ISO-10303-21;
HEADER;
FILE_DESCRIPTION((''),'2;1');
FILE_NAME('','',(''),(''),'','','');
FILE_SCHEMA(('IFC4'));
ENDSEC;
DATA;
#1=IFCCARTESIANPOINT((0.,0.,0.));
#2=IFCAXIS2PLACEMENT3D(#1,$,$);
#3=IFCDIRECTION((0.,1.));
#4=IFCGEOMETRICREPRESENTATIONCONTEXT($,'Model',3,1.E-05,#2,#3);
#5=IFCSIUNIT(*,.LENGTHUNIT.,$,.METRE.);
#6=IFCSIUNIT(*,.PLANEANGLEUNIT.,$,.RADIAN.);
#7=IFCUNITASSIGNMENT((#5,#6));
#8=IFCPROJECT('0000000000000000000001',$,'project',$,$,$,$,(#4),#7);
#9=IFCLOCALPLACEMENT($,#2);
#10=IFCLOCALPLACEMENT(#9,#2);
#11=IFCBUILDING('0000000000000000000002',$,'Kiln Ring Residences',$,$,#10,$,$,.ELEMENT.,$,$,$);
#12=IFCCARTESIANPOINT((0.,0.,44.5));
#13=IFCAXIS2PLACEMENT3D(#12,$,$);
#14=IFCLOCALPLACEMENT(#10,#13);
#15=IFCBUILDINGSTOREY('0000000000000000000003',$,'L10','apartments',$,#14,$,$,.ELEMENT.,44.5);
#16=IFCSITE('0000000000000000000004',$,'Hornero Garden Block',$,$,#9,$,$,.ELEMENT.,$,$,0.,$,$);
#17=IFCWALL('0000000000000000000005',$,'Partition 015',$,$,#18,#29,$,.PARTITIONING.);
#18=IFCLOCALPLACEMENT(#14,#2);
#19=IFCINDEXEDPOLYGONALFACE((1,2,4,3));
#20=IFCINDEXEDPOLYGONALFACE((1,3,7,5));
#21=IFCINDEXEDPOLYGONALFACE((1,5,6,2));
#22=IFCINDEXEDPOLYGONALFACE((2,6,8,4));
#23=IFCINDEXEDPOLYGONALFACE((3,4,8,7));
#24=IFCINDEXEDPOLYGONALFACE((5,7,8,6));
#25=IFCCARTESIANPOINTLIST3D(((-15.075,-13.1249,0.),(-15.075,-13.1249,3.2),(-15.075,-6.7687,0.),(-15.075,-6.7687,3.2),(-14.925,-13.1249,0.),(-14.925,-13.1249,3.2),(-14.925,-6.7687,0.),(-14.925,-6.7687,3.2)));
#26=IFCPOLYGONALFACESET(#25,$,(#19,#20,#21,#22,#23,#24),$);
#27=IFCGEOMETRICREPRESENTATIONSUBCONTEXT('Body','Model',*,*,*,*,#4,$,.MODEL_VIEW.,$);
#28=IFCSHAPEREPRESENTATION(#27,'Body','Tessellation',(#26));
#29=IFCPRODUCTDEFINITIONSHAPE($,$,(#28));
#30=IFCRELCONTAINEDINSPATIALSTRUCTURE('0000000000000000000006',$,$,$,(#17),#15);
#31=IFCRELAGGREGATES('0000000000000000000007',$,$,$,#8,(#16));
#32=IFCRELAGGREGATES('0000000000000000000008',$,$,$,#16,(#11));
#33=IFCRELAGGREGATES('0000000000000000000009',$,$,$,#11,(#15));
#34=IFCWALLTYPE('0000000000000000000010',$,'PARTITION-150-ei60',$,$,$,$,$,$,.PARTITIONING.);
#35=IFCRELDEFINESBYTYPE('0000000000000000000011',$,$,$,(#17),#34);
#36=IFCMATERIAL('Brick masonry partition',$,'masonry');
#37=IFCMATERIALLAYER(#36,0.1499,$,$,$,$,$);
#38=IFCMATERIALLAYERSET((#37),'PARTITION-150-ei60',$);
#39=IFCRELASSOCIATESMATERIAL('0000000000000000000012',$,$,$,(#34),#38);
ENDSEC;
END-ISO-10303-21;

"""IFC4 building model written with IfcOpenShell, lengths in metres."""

from ifc_helpers import new_model, si_unit, direction, frame, frame_2d, origin, place, context, subcontext, project, spatial, rectangle, extrude, material, layer, layer_set, type_object, element, save


model = new_model("IFC4")

# Units and contexts
model_context = context("Model", 3, precision=1e-05, world=origin(), true_north=direction((0.0, 1.0)))
body_context = subcontext(model_context, "Body", "Model", "MODEL_VIEW")
ifc_project = project(units=[si_unit("LENGTHUNIT", "METRE"), si_unit("PLANEANGLEUNIT", "RADIAN")], contexts=[model_context])

# Site, building, storey
site_placement = place(None, origin())
site = spatial("IfcSite", under=ifc_project, at=site_placement, Name="Hornero Garden Block", CompositionType="ELEMENT", RefElevation=0.0)
building_placement = place(site_placement, origin())
building = spatial("IfcBuilding", under=site, at=building_placement, Name="Kiln Ring Residences", CompositionType="ELEMENT")
storey_placement = place(building_placement, frame((0.0, 0.0, 44.5)))
storey = spatial("IfcBuildingStorey", under=building, at=storey_placement, Name="L10", Description="apartments", CompositionType="ELEMENT", Elevation=44.5)

# Shared definitions
ifc_material_1 = material(Name="Brick masonry partition", Category="masonry")
ifc_layer_1 = layer(ifc_material_1, 0.1499)
ifc_layer_set_1 = layer_set([ifc_layer_1], Name="PARTITION-150-ei60")
wall_type_1 = type_object("IfcWallType", Name="PARTITION-150-ei60", PredefinedType="PARTITIONING", material=ifc_layer_set_1)

# Wall
wall_1_placement = place(storey_placement, frame((-15.0, -13.125, 0.0), z_axis=(0.0, 0.0, 1.0), x_axis=(0.0, 1.0, 0.0)))
element("IfcWall", 1, at=wall_1_placement, inside=storey, type_object=wall_type_1, Name="Partition 015", PredefinedType="PARTITIONING", context=body_context, shape_type="SweptSolid", body=[
    extrude(rectangle(XDim=6.3562, YDim=0.1499, at=frame_2d((3.1782, 0.0))), origin(), (0.0, 0.0, 1.0), 3.2),
])

save(model, "model.ifc")
